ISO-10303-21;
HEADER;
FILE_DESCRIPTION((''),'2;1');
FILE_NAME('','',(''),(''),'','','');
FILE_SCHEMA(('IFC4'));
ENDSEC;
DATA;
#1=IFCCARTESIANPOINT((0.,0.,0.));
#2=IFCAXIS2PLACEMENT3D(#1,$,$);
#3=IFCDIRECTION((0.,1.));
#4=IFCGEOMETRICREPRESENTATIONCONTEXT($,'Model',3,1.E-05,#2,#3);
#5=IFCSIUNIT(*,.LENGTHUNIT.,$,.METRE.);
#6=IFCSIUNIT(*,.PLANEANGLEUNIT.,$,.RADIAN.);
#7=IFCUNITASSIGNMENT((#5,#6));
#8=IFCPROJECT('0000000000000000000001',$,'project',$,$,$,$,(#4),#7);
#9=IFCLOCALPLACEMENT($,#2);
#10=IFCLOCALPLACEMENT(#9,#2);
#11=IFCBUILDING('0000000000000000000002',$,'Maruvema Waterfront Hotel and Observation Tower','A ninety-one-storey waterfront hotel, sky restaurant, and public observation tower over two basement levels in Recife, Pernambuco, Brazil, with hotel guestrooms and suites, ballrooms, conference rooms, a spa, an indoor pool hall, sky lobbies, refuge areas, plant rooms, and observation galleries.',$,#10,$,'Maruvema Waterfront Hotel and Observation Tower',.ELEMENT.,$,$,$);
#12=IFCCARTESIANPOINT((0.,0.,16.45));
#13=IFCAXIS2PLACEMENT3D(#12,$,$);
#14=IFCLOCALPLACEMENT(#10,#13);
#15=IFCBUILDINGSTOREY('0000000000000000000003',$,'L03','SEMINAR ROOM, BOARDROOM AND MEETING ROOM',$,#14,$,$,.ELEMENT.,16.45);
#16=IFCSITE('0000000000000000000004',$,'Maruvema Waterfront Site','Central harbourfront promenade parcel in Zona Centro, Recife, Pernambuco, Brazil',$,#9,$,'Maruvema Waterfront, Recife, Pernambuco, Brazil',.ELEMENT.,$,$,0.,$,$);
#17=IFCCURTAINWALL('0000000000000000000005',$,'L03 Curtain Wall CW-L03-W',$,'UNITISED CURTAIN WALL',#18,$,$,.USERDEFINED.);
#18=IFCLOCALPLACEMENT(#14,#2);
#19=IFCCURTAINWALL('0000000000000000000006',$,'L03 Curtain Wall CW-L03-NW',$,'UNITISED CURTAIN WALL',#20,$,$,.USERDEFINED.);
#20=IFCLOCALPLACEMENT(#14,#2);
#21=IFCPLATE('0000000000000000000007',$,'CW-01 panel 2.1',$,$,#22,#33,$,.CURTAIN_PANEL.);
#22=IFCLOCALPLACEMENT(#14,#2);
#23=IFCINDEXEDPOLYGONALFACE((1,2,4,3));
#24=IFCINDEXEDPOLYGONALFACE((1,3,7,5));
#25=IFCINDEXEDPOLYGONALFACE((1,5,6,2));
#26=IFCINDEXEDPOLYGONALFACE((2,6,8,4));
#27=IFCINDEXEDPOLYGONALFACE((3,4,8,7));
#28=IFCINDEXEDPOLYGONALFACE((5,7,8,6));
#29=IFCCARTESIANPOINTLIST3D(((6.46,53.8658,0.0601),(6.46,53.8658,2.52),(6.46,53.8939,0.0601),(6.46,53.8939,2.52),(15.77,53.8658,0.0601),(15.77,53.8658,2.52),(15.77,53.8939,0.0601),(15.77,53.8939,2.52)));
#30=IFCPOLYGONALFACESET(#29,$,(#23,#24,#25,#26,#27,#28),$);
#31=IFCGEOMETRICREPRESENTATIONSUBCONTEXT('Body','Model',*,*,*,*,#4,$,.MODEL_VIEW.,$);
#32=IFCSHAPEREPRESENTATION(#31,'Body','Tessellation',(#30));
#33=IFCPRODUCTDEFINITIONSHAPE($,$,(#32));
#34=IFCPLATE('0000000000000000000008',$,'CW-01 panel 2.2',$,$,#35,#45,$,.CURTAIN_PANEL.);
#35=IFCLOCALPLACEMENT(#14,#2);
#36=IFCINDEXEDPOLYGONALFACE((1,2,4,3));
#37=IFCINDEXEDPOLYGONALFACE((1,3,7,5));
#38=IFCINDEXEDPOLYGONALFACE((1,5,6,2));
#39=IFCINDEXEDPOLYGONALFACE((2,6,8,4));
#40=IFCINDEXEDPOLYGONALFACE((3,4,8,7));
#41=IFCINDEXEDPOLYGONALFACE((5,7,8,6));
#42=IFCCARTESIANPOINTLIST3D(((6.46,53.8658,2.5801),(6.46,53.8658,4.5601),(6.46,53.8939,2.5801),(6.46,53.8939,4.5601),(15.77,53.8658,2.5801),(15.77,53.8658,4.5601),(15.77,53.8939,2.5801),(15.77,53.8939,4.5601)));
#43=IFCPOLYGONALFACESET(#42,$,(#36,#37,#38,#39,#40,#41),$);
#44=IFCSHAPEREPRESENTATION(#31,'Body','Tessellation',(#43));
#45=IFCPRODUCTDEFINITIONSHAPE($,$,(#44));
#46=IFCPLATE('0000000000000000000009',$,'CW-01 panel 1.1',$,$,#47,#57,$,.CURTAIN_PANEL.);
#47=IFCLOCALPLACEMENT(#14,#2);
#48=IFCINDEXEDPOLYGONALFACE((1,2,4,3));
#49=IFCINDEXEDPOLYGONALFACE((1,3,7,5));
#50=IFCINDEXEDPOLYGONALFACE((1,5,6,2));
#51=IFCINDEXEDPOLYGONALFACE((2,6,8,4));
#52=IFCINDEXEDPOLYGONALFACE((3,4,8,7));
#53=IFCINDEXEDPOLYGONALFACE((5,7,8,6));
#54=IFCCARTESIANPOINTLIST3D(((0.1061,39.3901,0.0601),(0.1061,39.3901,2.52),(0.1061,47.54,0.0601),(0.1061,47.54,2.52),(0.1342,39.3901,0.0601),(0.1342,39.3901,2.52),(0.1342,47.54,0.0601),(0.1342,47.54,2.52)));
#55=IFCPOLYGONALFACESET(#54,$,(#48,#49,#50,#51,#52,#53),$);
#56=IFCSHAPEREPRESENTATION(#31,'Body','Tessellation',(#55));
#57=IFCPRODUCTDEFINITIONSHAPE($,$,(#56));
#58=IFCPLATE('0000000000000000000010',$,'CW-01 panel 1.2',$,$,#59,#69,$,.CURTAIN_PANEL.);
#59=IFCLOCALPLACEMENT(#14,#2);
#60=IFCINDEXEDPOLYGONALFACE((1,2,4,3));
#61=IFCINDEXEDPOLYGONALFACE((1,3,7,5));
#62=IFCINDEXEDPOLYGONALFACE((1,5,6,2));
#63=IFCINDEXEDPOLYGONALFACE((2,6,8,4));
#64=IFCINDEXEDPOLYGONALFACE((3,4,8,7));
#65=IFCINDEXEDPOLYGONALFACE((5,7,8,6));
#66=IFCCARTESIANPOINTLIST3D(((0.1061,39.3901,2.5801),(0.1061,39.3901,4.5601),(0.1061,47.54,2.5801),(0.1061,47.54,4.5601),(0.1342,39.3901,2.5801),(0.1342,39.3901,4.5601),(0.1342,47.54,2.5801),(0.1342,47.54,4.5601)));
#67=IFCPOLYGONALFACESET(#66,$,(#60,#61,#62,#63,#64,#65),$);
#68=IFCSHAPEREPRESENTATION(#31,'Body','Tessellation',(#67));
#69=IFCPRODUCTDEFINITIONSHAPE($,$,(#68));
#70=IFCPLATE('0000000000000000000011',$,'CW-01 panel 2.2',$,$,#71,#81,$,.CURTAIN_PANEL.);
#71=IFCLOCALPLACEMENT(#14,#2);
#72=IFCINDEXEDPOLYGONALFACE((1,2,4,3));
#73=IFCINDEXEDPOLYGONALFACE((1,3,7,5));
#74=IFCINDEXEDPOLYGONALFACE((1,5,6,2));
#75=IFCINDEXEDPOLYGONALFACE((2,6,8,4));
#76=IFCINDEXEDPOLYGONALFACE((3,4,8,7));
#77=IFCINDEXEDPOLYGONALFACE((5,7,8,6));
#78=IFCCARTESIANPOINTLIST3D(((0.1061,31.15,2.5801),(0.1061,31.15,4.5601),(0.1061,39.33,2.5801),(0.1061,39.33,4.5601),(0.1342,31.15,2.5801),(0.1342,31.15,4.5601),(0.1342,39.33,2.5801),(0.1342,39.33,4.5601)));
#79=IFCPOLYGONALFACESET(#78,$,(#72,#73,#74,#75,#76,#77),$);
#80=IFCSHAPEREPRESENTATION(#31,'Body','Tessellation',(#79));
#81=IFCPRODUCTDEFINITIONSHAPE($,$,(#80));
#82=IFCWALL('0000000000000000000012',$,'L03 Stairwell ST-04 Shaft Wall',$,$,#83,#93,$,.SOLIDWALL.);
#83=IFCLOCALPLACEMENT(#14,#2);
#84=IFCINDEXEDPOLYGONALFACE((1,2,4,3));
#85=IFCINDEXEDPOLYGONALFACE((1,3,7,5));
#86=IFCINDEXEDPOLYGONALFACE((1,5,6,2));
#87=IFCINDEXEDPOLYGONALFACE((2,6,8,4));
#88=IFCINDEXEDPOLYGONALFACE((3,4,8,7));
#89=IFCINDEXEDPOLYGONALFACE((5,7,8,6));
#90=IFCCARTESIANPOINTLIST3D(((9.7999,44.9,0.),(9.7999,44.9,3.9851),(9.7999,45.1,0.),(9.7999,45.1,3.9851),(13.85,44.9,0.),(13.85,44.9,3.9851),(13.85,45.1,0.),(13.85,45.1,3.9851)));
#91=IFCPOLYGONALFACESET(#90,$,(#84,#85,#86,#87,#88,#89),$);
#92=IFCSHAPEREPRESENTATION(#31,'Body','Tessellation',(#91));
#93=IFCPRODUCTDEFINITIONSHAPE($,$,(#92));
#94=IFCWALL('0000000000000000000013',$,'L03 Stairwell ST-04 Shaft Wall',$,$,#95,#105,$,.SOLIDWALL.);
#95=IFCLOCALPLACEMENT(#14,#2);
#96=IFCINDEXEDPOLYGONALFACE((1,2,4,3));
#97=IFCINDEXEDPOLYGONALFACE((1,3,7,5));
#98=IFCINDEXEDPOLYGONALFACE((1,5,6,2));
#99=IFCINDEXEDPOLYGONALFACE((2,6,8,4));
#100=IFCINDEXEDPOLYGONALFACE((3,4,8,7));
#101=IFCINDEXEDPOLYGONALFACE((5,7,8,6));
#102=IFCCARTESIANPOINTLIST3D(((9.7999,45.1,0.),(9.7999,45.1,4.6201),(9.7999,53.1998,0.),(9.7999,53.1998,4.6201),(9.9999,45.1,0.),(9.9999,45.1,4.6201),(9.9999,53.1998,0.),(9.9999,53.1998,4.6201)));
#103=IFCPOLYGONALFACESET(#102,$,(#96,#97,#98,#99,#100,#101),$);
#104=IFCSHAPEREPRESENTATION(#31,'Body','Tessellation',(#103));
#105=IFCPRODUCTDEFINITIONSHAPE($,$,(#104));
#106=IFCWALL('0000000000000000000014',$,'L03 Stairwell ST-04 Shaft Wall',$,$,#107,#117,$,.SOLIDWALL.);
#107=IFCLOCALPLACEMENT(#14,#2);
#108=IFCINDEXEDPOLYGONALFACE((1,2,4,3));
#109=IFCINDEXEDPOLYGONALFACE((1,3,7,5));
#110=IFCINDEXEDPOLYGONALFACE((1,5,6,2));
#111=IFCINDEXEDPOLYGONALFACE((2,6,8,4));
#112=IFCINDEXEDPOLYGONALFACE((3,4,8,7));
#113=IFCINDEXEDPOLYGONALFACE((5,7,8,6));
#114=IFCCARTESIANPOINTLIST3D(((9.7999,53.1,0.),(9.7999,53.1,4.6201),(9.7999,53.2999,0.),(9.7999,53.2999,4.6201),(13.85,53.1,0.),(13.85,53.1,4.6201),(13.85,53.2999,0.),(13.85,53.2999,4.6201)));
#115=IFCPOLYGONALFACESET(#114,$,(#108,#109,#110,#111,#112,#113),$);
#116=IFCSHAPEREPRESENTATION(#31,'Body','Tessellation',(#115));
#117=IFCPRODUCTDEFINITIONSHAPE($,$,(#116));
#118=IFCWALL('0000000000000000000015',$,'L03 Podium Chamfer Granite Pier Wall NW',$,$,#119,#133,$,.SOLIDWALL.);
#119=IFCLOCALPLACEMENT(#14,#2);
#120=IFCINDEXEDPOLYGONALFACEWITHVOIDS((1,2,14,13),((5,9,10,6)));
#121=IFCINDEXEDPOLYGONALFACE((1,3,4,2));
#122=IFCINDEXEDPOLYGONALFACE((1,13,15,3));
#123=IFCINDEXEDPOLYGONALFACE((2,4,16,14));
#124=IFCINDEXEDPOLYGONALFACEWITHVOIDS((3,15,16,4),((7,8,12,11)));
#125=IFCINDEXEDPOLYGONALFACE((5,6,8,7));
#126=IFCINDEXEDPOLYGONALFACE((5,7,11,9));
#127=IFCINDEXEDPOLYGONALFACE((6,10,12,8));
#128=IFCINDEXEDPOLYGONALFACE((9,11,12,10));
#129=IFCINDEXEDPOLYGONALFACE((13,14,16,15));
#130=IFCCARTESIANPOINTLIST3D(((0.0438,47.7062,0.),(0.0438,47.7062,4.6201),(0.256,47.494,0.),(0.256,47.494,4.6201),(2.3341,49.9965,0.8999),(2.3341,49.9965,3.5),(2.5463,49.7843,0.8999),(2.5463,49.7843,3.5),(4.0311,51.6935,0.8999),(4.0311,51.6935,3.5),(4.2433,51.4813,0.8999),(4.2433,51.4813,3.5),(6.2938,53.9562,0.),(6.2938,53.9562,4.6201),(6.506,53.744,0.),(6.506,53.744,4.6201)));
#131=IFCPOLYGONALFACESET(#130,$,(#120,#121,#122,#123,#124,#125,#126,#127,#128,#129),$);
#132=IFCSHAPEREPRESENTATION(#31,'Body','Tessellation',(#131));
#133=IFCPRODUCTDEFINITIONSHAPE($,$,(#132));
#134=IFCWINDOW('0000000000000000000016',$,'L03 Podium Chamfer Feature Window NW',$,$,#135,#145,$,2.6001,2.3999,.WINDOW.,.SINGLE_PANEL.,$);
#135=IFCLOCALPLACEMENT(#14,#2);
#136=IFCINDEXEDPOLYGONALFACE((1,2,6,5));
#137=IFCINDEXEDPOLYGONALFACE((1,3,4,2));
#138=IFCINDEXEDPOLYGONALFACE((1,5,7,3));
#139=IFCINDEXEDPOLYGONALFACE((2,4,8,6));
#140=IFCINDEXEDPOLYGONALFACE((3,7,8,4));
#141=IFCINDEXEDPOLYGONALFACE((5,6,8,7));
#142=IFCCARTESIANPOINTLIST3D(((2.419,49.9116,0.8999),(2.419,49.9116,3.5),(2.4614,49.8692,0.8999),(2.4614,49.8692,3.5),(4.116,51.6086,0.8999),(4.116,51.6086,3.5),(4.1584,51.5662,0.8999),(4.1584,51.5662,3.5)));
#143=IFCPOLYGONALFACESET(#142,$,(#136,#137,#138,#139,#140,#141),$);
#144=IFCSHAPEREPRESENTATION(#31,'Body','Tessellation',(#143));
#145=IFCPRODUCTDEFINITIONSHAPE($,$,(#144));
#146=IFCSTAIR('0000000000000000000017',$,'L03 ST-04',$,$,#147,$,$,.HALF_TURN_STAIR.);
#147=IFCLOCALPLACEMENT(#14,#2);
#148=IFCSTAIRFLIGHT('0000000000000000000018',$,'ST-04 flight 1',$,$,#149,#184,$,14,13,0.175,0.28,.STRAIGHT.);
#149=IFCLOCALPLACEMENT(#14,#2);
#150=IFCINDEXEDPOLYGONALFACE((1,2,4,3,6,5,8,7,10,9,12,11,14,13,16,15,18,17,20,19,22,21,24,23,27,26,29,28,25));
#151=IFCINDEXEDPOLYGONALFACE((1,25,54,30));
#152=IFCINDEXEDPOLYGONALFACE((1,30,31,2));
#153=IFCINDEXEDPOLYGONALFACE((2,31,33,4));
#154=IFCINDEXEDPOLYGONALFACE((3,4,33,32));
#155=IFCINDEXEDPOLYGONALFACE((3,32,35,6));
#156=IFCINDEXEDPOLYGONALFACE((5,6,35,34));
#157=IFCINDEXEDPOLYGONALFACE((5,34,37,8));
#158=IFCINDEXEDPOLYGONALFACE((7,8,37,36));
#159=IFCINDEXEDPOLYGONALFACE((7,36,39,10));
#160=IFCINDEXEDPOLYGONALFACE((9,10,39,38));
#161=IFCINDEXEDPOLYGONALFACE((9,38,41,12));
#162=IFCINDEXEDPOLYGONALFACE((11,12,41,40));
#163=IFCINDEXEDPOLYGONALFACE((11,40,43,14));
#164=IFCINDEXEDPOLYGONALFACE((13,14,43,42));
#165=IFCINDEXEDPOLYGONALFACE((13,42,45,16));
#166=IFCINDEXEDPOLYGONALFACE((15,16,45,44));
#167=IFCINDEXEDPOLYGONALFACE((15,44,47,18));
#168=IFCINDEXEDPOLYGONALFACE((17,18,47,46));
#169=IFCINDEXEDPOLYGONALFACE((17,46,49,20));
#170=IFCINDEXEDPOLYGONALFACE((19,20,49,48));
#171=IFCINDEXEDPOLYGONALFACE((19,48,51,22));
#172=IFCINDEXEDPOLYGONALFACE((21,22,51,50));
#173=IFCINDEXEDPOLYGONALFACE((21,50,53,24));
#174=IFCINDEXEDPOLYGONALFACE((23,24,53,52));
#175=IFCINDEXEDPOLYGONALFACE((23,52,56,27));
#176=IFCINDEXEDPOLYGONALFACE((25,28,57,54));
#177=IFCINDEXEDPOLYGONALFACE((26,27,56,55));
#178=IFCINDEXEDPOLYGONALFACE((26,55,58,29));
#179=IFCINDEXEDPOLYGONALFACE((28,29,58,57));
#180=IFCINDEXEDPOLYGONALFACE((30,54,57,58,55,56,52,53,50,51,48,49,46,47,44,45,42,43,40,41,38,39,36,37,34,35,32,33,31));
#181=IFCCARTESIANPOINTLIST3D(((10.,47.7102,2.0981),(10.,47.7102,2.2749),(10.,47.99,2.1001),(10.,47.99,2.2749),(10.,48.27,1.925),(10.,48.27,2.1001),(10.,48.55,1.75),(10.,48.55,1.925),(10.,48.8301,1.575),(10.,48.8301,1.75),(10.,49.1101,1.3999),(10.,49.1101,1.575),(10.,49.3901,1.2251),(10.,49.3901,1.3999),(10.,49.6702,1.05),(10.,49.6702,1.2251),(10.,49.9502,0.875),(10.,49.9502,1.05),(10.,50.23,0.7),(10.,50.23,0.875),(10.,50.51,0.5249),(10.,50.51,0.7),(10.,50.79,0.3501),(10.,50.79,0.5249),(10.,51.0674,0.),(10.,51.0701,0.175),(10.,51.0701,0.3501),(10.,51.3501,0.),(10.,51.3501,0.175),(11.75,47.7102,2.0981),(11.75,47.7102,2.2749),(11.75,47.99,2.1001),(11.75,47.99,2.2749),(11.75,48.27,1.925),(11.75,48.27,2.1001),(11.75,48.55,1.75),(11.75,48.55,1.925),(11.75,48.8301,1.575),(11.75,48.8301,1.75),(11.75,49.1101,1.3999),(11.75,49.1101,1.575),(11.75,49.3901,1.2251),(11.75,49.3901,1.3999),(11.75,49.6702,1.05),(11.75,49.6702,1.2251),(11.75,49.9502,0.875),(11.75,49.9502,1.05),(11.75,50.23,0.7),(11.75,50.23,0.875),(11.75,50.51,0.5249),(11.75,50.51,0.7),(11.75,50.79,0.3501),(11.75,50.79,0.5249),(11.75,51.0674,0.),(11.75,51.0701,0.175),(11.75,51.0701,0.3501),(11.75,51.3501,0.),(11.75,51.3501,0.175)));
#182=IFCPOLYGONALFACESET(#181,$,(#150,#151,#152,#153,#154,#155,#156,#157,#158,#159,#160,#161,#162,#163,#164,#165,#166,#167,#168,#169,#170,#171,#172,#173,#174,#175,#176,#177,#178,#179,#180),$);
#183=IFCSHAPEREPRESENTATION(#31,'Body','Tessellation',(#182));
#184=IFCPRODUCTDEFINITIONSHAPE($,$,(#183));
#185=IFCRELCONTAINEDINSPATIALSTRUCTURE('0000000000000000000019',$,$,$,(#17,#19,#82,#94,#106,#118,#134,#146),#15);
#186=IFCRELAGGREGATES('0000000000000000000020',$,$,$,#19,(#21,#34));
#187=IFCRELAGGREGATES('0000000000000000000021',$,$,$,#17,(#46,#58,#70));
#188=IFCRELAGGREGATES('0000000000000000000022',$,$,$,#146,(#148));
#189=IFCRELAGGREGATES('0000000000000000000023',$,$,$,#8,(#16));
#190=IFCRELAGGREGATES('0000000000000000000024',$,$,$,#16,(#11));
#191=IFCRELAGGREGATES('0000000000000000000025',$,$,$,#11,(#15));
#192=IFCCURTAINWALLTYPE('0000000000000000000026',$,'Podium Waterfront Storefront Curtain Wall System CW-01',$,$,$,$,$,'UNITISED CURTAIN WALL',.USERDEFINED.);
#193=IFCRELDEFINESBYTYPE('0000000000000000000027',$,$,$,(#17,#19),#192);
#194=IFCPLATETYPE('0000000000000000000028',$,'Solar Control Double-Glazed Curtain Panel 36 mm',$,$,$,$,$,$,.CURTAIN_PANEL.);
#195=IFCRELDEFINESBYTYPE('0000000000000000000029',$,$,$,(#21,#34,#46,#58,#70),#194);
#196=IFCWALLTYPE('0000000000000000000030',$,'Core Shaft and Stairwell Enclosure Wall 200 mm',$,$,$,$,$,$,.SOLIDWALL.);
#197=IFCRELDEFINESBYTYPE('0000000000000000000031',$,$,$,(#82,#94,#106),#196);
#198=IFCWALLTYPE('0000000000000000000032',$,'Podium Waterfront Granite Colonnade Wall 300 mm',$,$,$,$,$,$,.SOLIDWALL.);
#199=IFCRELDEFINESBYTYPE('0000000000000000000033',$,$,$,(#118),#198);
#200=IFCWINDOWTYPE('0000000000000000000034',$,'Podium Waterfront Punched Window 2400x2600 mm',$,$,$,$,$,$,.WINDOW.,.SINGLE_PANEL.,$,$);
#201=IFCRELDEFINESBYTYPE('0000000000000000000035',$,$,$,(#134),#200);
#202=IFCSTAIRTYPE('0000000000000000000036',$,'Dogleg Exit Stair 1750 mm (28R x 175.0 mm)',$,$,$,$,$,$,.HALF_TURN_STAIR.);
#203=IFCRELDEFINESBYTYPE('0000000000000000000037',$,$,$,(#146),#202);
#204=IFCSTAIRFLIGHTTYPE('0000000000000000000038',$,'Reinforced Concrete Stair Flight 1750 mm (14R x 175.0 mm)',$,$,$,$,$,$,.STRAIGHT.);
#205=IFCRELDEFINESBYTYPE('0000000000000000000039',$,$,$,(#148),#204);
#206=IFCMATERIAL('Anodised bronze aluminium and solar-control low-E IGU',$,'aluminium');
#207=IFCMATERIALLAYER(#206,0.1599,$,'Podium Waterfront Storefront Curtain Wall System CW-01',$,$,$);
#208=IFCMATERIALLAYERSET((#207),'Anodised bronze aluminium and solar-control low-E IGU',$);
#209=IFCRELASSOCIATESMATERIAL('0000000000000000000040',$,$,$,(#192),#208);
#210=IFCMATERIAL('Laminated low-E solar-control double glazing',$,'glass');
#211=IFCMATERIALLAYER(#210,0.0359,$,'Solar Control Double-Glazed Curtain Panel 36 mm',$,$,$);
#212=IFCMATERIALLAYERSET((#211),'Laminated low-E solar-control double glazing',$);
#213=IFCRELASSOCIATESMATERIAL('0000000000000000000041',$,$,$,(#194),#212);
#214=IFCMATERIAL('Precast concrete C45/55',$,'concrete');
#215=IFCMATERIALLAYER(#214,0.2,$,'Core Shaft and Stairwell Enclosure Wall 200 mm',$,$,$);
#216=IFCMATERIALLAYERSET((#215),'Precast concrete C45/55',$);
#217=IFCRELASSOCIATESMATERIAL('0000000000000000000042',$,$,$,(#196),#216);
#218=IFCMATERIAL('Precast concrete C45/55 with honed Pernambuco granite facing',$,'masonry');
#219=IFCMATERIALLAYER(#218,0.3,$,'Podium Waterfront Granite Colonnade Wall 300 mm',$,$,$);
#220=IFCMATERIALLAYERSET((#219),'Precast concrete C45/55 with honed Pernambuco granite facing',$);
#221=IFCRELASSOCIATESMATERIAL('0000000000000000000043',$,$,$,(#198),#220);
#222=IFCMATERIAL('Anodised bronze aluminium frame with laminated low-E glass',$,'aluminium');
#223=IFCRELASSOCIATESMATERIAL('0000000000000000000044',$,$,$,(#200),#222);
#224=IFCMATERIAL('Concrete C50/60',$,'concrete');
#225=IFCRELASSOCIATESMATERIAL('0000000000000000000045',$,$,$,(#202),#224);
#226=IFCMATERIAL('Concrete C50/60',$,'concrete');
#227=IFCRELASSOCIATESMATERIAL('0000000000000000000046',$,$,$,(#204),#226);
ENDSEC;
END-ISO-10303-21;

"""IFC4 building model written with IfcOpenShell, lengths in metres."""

from ifc_helpers import new_model, si_unit, direction, frame, frame_2d, origin, origin_2d, place, context, subcontext, project, spatial, polyline, rectangle, outline, extrude, material, layer, layer_set, type_object, element, fill, aggregate, save


model = new_model("IFC4")

# Units and contexts
model_context = context("Model", 3, precision=1e-05, world=origin(), true_north=direction((0.0, 1.0)))
body_context = subcontext(model_context, "Body", "Model", "MODEL_VIEW")
ifc_project = project(units=[si_unit("LENGTHUNIT", "METRE"), si_unit("PLANEANGLEUNIT", "RADIAN")], contexts=[model_context])

# Site, building, storey
site_placement = place(None, origin())
site = spatial("IfcSite", under=ifc_project, at=site_placement, Name="Maruvema Waterfront Site", Description="Central harbourfront promenade parcel in Zona Centro, Recife, Pernambuco, Brazil", LongName="Maruvema Waterfront, Recife, Pernambuco, Brazil", CompositionType="ELEMENT", RefElevation=0.0)
building_placement = place(site_placement, origin())
building = spatial("IfcBuilding", under=site, at=building_placement, Name="Maruvema Waterfront Hotel and Observation Tower", Description="A ninety-one-storey waterfront hotel, sky restaurant, and public observation tower over two basement levels in Recife, Pernambuco, Brazil, with hotel guestrooms and suites, ballrooms, conference rooms, a spa, an indoor pool hall, sky lobbies, refuge areas, plant rooms, and observation galleries.", LongName="Maruvema Waterfront Hotel and Observation Tower", CompositionType="ELEMENT")
storey_placement = place(building_placement, frame((0.0, 0.0, 16.45)))
storey = spatial("IfcBuildingStorey", under=building, at=storey_placement, Name="L03", Description="SEMINAR ROOM, BOARDROOM AND MEETING ROOM", CompositionType="ELEMENT", Elevation=16.45)

# Curtain wall
ifc_material_1 = material(Name="Anodised bronze aluminium and solar-control low-E IGU", Category="aluminium")
ifc_layer_1 = layer(ifc_material_1, 0.1599, Name="Podium Waterfront Storefront Curtain Wall System CW-01")
ifc_layer_set_1 = layer_set([ifc_layer_1], Name="Anodised bronze aluminium and solar-control low-E IGU")
curtain_wall_type = type_object("IfcCurtainWallType", Name="Podium Waterfront Storefront Curtain Wall System CW-01", ElementType="UNITISED CURTAIN WALL", PredefinedType="USERDEFINED", material=ifc_layer_set_1)
curtain_wall_1_placement = place(storey_placement, origin())
curtain_wall_1 = element("IfcCurtainWall", 1, at=curtain_wall_1_placement, inside=storey, type_object=curtain_wall_type, Name="L03 Curtain Wall CW-L03-W", ObjectType="UNITISED CURTAIN WALL", PredefinedType="USERDEFINED")

# Curtain wall
curtain_wall_2_placement = place(storey_placement, origin())
curtain_wall_2 = element("IfcCurtainWall", 2, at=curtain_wall_2_placement, inside=storey, type_object=curtain_wall_type, Name="L03 Curtain Wall CW-L03-NW", ObjectType="UNITISED CURTAIN WALL", PredefinedType="USERDEFINED")

# Plates
ifc_material_2 = material(Name="Laminated low-E solar-control double glazing", Category="glass")
ifc_layer_2 = layer(ifc_material_2, 0.0359, Name="Solar Control Double-Glazed Curtain Panel 36 mm")
ifc_layer_set_2 = layer_set([ifc_layer_2], Name="Laminated low-E solar-control double glazing")
plate_type = type_object("IfcPlateType", Name="Solar Control Double-Glazed Curtain Panel 36 mm", PredefinedType="CURTAIN_PANEL", material=ifc_layer_set_2)
plate_1_placement = place(storey_placement, frame((11.115, 53.8799, 0.0601), z_axis=(0.0, 0.0, 1.0), x_axis=(-1.0, 0.0, 0.0)))
plate_1 = element("IfcPlate", 3, at=plate_1_placement, type_object=plate_type, Name="CW-01 panel 2.1", PredefinedType="CURTAIN_PANEL", context=body_context, shape_type="SweptSolid", body=[
    extrude(rectangle(XDim=9.3101, YDim=0.0281, at=origin_2d()), origin(), (0.0, 0.0, 1.0), 2.46),
])
plate_2_placement = place(storey_placement, frame((11.115, 53.8799, 2.5801), z_axis=(0.0, 0.0, 1.0), x_axis=(-1.0, 0.0, 0.0)))
plate_2 = element("IfcPlate", 4, at=plate_2_placement, type_object=plate_type, Name="CW-01 panel 2.2", PredefinedType="CURTAIN_PANEL", context=body_context, shape_type="SweptSolid", body=[
    extrude(rectangle(XDim=9.3101, YDim=0.0281, at=origin_2d()), origin(), (0.0, 0.0, 1.0), 1.98),
])
aggregate(curtain_wall_2, [plate_1, plate_2])
plate_3_placement = place(storey_placement, frame((0.1201, 43.4651, 0.0601), z_axis=(0.0, 0.0, 1.0), x_axis=(0.0, -1.0, 0.0)))
plate_3 = element("IfcPlate", 5, at=plate_3_placement, type_object=plate_type, Name="CW-01 panel 1.1", PredefinedType="CURTAIN_PANEL", context=body_context, shape_type="SweptSolid", body=[
    extrude(rectangle(XDim=8.1499, YDim=0.0281, at=origin_2d()), origin(), (0.0, 0.0, 1.0), 2.46),
])
plate_4_placement = place(storey_placement, frame((0.1201, 43.4651, 2.5801), z_axis=(0.0, 0.0, 1.0), x_axis=(0.0, -1.0, 0.0)))
plate_4 = element("IfcPlate", 6, at=plate_4_placement, type_object=plate_type, Name="CW-01 panel 1.2", PredefinedType="CURTAIN_PANEL", context=body_context, shape_type="SweptSolid", body=[
    extrude(rectangle(XDim=8.1499, YDim=0.0281, at=origin_2d()), origin(), (0.0, 0.0, 1.0), 1.98),
])
plate_5_placement = place(storey_placement, frame((0.1201, 35.24, 2.5801), z_axis=(0.0, 0.0, 1.0), x_axis=(0.0, -1.0, 0.0)))
plate_5 = element("IfcPlate", 7, at=plate_5_placement, type_object=plate_type, Name="CW-01 panel 2.2", PredefinedType="CURTAIN_PANEL", context=body_context, shape_type="SweptSolid", body=[
    extrude(rectangle(XDim=8.1799, YDim=0.0281, at=origin_2d()), origin(), (0.0, 0.0, 1.0), 1.98),
])
aggregate(curtain_wall_1, [plate_3, plate_4, plate_5])

# Walls
ifc_material_3 = material(Name="Precast concrete C45/55", Category="concrete")
ifc_layer_3 = layer(ifc_material_3, 0.2, Name="Core Shaft and Stairwell Enclosure Wall 200 mm")
ifc_layer_set_3 = layer_set([ifc_layer_3], Name="Precast concrete C45/55")
wall_type_1 = type_object("IfcWallType", Name="Core Shaft and Stairwell Enclosure Wall 200 mm", PredefinedType="SOLIDWALL", material=ifc_layer_set_3)
wall_1_placement = place(storey_placement, frame((9.8, 45.0, 0.0), z_axis=(0.0, 0.0, 1.0), x_axis=(1.0, 0.0, 0.0)))
element("IfcWall", 8, at=wall_1_placement, inside=storey, type_object=wall_type_1, Name="L03 Stairwell ST-04 Shaft Wall", PredefinedType="SOLIDWALL", context=body_context, shape_type="SweptSolid", body=[
    extrude(rectangle(XDim=4.05, YDim=0.2, at=frame_2d((2.0249, 0.0))), origin(), (0.0, 0.0, 1.0), 3.9851),
])
wall_2_placement = place(storey_placement, frame((9.8999, 45.1001, 0.0), z_axis=(0.0, 0.0, 1.0), x_axis=(0.0, 1.0, 0.0)))
element("IfcWall", 9, at=wall_2_placement, inside=storey, type_object=wall_type_1, Name="L03 Stairwell ST-04 Shaft Wall", PredefinedType="SOLIDWALL", context=body_context, shape_type="SweptSolid", body=[
    extrude(rectangle(XDim=8.0999, YDim=0.2, at=frame_2d((4.0498, 0.0))), origin(), (0.0, 0.0, 1.0), 4.6201),
])
wall_3_placement = place(storey_placement, frame((9.8, 53.2, 0.0), z_axis=(0.0, 0.0, 1.0), x_axis=(1.0, 0.0, 0.0)))
element("IfcWall", 10, at=wall_3_placement, inside=storey, type_object=wall_type_1, Name="L03 Stairwell ST-04 Shaft Wall", PredefinedType="SOLIDWALL", context=body_context, shape_type="SweptSolid", body=[
    extrude(rectangle(XDim=4.05, YDim=0.2, at=frame_2d((2.0249, 0.0))), origin(), (0.0, 0.0, 1.0), 4.6201),
])

# Wall, opening, window
ifc_material_4 = material(Name="Precast concrete C45/55 with honed Pernambuco granite facing", Category="masonry")
ifc_layer_4 = layer(ifc_material_4, 0.3, Name="Podium Waterfront Granite Colonnade Wall 300 mm")
ifc_layer_set_4 = layer_set([ifc_layer_4], Name="Precast concrete C45/55 with honed Pernambuco granite facing")
wall_type_2 = type_object("IfcWallType", Name="Podium Waterfront Granite Colonnade Wall 300 mm", PredefinedType="SOLIDWALL", material=ifc_layer_set_4)
wall_4_placement = place(storey_placement, frame((6.3999, 53.8501, 0.0), z_axis=(0.0, 0.0, 1.0), x_axis=(-0.707107, -0.707107, 0.0)))
wall_4 = element("IfcWall", 11, at=wall_4_placement, inside=storey, type_object=wall_type_2, Name="L03 Podium Chamfer Granite Pier Wall NW", PredefinedType="SOLIDWALL", context=body_context, shape_type="SweptSolid", body=[
    extrude(rectangle(XDim=8.8389, YDim=0.3, at=frame_2d((4.4194, 0.0))), origin(), (0.0, 0.0, 1.0), 4.6201),
])
opening_placement = place(wall_4_placement, frame((3.2, 0.0, 0.8999)))
opening = element("IfcOpeningElement", 12, at=opening_placement, cuts=wall_4, PredefinedType="OPENING", context=body_context, shape_type="SweptSolid", body=[
    extrude(rectangle(XDim=2.3999, YDim=2.6001, at=frame_2d((1.2, 1.3))), frame((0.0, 0.1602, 0.0), z_axis=(0.0, -1.0, 0.0), x_axis=(1.0, 0.0, 0.0)), (0.0, 0.0, 1.0), 0.3201),
])
ifc_material_5 = material(Name="Anodised bronze aluminium frame with laminated low-E glass", Category="aluminium")
window_type = type_object("IfcWindowType", Name="Podium Waterfront Punched Window 2400x2600 mm", PartitioningType="SINGLE_PANEL", PredefinedType="WINDOW", material=ifc_material_5)
window_placement = place(opening_placement, origin())
window = element("IfcWindow", 13, at=window_placement, inside=storey, type_object=window_type, Name="L03 Podium Chamfer Feature Window NW", OverallHeight=2.6001, OverallWidth=2.3999, PartitioningType="SINGLE_PANEL", PredefinedType="WINDOW", context=body_context, shape_type="SweptSolid", body=[
    extrude(rectangle(XDim=2.3999, YDim=2.6001, at=frame_2d((1.2, 1.3))), frame((0.0, 0.03, 0.0), z_axis=(0.0, -1.0, 0.0), x_axis=(1.0, 0.0, 0.0)), (0.0, 0.0, 1.0), 0.0601),
])
fill(opening, window)

# Stair, stair flight
ifc_material_6 = material(Name="Concrete C50/60", Category="concrete")
stair_type = type_object("IfcStairType", Name="Dogleg Exit Stair 1750 mm (28R x 175.0 mm)", PredefinedType="HALF_TURN_STAIR", material=ifc_material_6)
stair_placement = place(storey_placement, origin())
stair = element("IfcStair", 14, at=stair_placement, inside=storey, type_object=stair_type, Name="L03 ST-04", PredefinedType="HALF_TURN_STAIR")
ifc_material_7 = material(Name="Concrete C50/60", Category="concrete")
stair_flight_type = type_object("IfcStairFlightType", Name="Reinforced Concrete Stair Flight 1750 mm (14R x 175.0 mm)", PredefinedType="STRAIGHT", material=ifc_material_7)
stair_flight_placement = place(storey_placement, frame((10.875, 51.3501, 0.0), z_axis=(0.0, 0.0, 1.0), x_axis=(0.0, -1.0, 0.0)))
stair_flight = element("IfcStairFlight", 15, at=stair_flight_placement, type_object=stair_flight_type, Name="ST-04 flight 1", NumberOfRisers=14, NumberOfTreads=13, PredefinedType="STRAIGHT", RiserHeight=0.175, TreadLength=0.28, context=body_context, shape_type="SweptSolid", body=[
    extrude(outline(polyline([(0.0, 0.0), (0.0, 0.175), (0.28, 0.175), (0.28, 0.3501), (0.5601, 0.3501), (0.5601, 0.5249), (0.8401, 0.5249), (0.8401, 0.7), (1.1201, 0.7), (1.1201, 0.875), (1.3999, 0.875), (1.3999, 1.05), (1.6799, 1.05), (1.6799, 1.2251), (1.96, 1.2251), (1.96, 1.3999), (2.24, 1.3999), (2.24, 1.575), (2.52, 1.575), (2.52, 1.75), (2.8, 1.75), (2.8, 1.925), (3.0801, 1.925), (3.0801, 2.1001), (3.3601, 2.1001), (3.3601, 2.2749), (3.6399, 2.2749), (3.6399, 2.45), (3.6399, 2.0981), (0.2827, 0.0), (0.0, 0.0)])), frame((0.0, 0.875, 0.0), z_axis=(0.0, -1.0, 0.0), x_axis=(1.0, 0.0, 0.0)), (0.0, 0.0, 1.0), 1.75),
])
aggregate(stair, [stair_flight])

save(model, "model.ifc")
